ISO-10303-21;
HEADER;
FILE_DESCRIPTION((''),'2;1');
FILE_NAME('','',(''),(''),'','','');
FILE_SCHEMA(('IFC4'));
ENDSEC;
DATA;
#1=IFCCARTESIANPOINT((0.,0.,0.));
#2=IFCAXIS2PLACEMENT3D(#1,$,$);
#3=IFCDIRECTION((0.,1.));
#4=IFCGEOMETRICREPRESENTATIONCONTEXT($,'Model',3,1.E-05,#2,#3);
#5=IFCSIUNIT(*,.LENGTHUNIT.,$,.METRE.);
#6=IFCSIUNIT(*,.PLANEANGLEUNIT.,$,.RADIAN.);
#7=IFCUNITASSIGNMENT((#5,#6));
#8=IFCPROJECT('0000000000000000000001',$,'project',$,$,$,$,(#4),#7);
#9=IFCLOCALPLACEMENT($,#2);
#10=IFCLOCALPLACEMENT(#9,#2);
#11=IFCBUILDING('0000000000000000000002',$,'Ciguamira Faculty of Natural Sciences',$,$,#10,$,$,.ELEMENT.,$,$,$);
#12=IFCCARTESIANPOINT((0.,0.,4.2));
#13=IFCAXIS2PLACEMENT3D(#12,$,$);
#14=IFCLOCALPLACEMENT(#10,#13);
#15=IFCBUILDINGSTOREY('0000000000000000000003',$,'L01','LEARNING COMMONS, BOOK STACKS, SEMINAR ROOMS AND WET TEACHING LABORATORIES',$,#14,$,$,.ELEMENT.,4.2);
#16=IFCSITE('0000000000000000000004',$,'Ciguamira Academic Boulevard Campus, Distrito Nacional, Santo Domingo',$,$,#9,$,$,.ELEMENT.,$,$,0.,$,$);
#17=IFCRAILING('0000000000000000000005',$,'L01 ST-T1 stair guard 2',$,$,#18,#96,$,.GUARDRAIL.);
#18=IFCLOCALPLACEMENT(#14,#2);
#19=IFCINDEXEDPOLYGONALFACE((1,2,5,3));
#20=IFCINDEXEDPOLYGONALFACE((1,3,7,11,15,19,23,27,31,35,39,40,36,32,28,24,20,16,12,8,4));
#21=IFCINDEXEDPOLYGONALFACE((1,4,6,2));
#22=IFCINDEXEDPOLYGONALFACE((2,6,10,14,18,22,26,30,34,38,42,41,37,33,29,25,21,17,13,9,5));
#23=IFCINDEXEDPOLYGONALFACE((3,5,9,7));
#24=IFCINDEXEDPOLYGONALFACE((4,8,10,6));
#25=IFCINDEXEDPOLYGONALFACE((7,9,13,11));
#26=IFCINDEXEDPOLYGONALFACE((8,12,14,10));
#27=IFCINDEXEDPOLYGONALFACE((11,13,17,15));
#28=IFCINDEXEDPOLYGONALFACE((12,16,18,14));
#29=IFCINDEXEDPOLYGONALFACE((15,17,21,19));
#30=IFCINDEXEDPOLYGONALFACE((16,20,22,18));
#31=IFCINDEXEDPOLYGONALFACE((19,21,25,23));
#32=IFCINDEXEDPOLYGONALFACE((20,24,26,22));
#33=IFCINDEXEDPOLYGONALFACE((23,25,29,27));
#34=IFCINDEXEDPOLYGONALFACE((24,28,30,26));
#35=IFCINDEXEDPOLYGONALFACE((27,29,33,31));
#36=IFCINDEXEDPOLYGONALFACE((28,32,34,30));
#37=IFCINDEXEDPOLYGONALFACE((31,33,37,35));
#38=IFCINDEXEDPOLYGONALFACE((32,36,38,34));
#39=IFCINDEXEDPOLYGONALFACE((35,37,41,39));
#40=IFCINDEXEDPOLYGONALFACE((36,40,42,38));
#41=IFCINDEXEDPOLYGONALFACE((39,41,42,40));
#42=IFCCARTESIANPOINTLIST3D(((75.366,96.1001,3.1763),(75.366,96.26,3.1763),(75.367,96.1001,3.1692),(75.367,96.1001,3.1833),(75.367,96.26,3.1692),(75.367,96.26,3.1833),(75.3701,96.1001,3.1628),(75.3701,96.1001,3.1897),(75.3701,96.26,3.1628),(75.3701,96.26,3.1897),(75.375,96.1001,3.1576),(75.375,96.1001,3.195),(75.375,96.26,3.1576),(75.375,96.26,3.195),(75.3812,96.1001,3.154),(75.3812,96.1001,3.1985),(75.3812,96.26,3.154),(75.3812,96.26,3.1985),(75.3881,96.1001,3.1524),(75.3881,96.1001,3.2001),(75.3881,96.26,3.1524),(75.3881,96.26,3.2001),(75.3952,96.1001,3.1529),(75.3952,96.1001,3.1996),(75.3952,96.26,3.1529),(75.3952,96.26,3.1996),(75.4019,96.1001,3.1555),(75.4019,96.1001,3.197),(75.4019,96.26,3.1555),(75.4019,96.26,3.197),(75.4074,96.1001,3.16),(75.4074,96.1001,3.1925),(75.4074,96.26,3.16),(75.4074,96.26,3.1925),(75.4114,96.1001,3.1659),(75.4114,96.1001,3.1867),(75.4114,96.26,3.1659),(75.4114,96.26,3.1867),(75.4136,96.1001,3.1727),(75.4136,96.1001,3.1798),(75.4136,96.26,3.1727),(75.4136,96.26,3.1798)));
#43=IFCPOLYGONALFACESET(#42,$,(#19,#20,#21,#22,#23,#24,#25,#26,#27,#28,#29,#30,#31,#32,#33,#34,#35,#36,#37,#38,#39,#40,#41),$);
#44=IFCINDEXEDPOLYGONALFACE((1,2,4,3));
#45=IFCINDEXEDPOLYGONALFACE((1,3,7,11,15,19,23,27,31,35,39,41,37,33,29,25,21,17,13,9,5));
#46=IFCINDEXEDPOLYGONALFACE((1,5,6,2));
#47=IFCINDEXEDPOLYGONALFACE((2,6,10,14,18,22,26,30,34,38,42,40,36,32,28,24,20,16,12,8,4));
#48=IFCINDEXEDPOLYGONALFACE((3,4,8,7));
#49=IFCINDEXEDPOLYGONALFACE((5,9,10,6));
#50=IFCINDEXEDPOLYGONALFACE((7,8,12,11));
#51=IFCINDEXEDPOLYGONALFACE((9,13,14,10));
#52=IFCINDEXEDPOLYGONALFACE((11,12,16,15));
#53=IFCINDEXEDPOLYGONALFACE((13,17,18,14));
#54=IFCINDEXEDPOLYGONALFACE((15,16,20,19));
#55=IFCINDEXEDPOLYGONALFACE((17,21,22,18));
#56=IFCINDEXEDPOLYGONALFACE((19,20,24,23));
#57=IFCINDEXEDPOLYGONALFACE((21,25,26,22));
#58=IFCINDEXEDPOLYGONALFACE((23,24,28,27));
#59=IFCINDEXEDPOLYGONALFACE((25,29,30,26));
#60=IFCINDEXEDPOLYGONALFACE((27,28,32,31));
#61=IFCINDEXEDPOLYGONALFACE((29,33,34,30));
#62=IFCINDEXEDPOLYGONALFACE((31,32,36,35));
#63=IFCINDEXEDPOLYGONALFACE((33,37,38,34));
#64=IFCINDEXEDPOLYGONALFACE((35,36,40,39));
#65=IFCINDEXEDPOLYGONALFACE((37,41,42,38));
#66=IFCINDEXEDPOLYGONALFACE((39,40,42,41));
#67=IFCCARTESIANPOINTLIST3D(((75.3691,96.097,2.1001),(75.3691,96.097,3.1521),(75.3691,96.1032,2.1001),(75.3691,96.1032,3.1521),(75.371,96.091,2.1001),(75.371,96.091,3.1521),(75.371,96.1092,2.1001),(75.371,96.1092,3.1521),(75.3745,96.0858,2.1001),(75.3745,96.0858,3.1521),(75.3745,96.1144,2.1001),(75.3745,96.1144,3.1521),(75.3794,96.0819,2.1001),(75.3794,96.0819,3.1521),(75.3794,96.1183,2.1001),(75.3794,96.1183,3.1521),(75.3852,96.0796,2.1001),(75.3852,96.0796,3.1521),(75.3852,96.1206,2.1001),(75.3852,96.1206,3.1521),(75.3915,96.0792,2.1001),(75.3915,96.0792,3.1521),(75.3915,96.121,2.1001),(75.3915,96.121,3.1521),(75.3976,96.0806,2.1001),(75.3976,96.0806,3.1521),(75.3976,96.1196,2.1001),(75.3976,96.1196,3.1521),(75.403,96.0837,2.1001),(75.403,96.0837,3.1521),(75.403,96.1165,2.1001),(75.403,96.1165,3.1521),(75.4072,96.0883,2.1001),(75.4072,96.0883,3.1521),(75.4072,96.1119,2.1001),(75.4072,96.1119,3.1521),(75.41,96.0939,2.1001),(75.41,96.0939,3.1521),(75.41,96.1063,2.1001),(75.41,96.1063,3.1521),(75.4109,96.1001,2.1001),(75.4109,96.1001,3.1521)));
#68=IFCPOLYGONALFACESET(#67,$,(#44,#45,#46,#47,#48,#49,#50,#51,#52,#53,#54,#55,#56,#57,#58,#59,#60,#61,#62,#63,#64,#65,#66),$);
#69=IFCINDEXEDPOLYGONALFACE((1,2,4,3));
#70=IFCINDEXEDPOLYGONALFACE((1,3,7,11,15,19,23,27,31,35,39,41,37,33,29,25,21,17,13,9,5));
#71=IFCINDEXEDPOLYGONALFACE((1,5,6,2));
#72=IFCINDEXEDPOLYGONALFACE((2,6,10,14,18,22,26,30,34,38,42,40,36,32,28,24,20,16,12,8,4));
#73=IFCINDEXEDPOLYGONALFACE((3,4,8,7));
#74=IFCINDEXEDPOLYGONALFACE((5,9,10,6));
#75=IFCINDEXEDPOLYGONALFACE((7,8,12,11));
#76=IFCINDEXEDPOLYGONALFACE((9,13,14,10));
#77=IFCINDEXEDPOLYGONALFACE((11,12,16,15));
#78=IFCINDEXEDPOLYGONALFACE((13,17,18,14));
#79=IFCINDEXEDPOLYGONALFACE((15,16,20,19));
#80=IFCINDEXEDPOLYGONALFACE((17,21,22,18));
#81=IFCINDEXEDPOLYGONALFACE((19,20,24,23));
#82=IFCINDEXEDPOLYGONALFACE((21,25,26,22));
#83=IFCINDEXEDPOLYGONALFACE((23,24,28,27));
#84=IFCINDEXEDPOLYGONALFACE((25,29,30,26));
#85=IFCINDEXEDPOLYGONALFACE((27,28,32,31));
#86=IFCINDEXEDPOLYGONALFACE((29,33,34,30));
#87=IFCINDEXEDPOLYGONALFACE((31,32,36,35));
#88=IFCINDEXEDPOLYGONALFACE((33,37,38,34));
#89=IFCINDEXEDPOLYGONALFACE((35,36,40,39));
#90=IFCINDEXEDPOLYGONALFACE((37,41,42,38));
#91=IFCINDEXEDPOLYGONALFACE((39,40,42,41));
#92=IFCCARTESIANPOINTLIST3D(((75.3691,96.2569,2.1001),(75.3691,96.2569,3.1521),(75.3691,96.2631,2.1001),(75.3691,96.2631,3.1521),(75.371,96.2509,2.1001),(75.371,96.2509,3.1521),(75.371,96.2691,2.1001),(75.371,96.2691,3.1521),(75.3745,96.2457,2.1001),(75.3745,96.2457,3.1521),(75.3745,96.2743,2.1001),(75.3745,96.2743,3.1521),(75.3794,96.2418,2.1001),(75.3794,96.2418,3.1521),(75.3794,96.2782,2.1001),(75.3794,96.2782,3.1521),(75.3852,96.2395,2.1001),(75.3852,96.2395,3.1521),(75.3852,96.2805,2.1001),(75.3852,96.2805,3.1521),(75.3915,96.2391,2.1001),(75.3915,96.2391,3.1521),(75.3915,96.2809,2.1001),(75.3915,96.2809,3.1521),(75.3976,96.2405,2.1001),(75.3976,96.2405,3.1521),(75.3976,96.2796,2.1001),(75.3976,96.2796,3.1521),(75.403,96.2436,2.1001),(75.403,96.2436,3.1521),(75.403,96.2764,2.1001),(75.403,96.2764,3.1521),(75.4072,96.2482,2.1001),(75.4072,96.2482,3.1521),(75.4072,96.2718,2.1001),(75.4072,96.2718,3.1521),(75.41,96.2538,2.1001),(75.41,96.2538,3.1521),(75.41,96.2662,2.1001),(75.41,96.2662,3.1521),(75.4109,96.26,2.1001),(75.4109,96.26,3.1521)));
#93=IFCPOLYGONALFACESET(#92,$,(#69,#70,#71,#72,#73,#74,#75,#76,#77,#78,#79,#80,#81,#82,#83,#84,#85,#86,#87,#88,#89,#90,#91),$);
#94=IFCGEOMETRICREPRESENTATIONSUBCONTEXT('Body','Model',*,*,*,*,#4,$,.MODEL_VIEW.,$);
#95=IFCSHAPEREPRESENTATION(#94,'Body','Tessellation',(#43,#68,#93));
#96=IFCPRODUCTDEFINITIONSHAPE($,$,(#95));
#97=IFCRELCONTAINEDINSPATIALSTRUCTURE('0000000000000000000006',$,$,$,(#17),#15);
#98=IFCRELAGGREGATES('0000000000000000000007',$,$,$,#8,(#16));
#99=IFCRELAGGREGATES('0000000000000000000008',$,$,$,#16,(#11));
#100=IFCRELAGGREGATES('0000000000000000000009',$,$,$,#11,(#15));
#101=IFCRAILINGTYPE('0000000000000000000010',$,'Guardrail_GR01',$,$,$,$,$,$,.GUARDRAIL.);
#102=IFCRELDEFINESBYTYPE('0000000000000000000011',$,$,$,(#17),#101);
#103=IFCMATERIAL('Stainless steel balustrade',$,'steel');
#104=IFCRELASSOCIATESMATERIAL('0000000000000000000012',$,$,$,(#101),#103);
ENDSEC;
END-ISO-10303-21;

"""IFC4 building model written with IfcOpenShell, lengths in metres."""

from ifc_helpers import new_model, si_unit, direction, frame, origin, origin_2d, place, context, subcontext, project, spatial, circle, extrude, material, type_object, element, save


model = new_model("IFC4")

# Units and contexts
model_context = context("Model", 3, precision=1e-05, world=origin(), true_north=direction((0.0, 1.0)))
body_context = subcontext(model_context, "Body", "Model", "MODEL_VIEW")
ifc_project = project(units=[si_unit("LENGTHUNIT", "METRE"), si_unit("PLANEANGLEUNIT", "RADIAN")], contexts=[model_context])

# Site, building, storey
site_placement = place(None, origin())
site = spatial("IfcSite", under=ifc_project, at=site_placement, Name="Ciguamira Academic Boulevard Campus, Distrito Nacional, Santo Domingo", CompositionType="ELEMENT", RefElevation=0.0)
building_placement = place(site_placement, origin())
building = spatial("IfcBuilding", under=site, at=building_placement, Name="Ciguamira Faculty of Natural Sciences", CompositionType="ELEMENT")
storey_placement = place(building_placement, frame((0.0, 0.0, 4.2)))
storey = spatial("IfcBuildingStorey", under=building, at=storey_placement, Name="L01", Description="LEARNING COMMONS, BOOK STACKS, SEMINAR ROOMS AND WET TEACHING LABORATORIES", CompositionType="ELEMENT", Elevation=4.2)

# Railing
ifc_material_1 = material(Name="Stainless steel balustrade", Category="steel")
railing_type_1 = type_object("IfcRailingType", Name="Guardrail_GR01", PredefinedType="GUARDRAIL", material=ifc_material_1)
railing_1_placement = place(storey_placement, frame((75.3899, 96.1001, 2.1001)))
element("IfcRailing", 1, at=railing_1_placement, inside=storey, type_object=railing_type_1, Name="L01 ST-T1 stair guard 2", PredefinedType="GUARDRAIL", context=body_context, shape_type="SweptSolid", body=[
    extrude(circle(Radius=0.0239, at=origin_2d()), frame((0.0, 0.0, 1.0762), z_axis=(0.0, 1.0, 0.0), x_axis=(-1.0, 0.0, 0.0)), (0.0, 0.0, 1.0), 0.1599),
    extrude(circle(Radius=0.021, at=origin_2d()), origin(), (0.0, 0.0, 1.0), 1.052),
    extrude(circle(Radius=0.021, at=origin_2d()), frame((0.0, 0.1599, 0.0)), (0.0, 0.0, 1.0), 1.052),
])

save(model, "model.ifc")
